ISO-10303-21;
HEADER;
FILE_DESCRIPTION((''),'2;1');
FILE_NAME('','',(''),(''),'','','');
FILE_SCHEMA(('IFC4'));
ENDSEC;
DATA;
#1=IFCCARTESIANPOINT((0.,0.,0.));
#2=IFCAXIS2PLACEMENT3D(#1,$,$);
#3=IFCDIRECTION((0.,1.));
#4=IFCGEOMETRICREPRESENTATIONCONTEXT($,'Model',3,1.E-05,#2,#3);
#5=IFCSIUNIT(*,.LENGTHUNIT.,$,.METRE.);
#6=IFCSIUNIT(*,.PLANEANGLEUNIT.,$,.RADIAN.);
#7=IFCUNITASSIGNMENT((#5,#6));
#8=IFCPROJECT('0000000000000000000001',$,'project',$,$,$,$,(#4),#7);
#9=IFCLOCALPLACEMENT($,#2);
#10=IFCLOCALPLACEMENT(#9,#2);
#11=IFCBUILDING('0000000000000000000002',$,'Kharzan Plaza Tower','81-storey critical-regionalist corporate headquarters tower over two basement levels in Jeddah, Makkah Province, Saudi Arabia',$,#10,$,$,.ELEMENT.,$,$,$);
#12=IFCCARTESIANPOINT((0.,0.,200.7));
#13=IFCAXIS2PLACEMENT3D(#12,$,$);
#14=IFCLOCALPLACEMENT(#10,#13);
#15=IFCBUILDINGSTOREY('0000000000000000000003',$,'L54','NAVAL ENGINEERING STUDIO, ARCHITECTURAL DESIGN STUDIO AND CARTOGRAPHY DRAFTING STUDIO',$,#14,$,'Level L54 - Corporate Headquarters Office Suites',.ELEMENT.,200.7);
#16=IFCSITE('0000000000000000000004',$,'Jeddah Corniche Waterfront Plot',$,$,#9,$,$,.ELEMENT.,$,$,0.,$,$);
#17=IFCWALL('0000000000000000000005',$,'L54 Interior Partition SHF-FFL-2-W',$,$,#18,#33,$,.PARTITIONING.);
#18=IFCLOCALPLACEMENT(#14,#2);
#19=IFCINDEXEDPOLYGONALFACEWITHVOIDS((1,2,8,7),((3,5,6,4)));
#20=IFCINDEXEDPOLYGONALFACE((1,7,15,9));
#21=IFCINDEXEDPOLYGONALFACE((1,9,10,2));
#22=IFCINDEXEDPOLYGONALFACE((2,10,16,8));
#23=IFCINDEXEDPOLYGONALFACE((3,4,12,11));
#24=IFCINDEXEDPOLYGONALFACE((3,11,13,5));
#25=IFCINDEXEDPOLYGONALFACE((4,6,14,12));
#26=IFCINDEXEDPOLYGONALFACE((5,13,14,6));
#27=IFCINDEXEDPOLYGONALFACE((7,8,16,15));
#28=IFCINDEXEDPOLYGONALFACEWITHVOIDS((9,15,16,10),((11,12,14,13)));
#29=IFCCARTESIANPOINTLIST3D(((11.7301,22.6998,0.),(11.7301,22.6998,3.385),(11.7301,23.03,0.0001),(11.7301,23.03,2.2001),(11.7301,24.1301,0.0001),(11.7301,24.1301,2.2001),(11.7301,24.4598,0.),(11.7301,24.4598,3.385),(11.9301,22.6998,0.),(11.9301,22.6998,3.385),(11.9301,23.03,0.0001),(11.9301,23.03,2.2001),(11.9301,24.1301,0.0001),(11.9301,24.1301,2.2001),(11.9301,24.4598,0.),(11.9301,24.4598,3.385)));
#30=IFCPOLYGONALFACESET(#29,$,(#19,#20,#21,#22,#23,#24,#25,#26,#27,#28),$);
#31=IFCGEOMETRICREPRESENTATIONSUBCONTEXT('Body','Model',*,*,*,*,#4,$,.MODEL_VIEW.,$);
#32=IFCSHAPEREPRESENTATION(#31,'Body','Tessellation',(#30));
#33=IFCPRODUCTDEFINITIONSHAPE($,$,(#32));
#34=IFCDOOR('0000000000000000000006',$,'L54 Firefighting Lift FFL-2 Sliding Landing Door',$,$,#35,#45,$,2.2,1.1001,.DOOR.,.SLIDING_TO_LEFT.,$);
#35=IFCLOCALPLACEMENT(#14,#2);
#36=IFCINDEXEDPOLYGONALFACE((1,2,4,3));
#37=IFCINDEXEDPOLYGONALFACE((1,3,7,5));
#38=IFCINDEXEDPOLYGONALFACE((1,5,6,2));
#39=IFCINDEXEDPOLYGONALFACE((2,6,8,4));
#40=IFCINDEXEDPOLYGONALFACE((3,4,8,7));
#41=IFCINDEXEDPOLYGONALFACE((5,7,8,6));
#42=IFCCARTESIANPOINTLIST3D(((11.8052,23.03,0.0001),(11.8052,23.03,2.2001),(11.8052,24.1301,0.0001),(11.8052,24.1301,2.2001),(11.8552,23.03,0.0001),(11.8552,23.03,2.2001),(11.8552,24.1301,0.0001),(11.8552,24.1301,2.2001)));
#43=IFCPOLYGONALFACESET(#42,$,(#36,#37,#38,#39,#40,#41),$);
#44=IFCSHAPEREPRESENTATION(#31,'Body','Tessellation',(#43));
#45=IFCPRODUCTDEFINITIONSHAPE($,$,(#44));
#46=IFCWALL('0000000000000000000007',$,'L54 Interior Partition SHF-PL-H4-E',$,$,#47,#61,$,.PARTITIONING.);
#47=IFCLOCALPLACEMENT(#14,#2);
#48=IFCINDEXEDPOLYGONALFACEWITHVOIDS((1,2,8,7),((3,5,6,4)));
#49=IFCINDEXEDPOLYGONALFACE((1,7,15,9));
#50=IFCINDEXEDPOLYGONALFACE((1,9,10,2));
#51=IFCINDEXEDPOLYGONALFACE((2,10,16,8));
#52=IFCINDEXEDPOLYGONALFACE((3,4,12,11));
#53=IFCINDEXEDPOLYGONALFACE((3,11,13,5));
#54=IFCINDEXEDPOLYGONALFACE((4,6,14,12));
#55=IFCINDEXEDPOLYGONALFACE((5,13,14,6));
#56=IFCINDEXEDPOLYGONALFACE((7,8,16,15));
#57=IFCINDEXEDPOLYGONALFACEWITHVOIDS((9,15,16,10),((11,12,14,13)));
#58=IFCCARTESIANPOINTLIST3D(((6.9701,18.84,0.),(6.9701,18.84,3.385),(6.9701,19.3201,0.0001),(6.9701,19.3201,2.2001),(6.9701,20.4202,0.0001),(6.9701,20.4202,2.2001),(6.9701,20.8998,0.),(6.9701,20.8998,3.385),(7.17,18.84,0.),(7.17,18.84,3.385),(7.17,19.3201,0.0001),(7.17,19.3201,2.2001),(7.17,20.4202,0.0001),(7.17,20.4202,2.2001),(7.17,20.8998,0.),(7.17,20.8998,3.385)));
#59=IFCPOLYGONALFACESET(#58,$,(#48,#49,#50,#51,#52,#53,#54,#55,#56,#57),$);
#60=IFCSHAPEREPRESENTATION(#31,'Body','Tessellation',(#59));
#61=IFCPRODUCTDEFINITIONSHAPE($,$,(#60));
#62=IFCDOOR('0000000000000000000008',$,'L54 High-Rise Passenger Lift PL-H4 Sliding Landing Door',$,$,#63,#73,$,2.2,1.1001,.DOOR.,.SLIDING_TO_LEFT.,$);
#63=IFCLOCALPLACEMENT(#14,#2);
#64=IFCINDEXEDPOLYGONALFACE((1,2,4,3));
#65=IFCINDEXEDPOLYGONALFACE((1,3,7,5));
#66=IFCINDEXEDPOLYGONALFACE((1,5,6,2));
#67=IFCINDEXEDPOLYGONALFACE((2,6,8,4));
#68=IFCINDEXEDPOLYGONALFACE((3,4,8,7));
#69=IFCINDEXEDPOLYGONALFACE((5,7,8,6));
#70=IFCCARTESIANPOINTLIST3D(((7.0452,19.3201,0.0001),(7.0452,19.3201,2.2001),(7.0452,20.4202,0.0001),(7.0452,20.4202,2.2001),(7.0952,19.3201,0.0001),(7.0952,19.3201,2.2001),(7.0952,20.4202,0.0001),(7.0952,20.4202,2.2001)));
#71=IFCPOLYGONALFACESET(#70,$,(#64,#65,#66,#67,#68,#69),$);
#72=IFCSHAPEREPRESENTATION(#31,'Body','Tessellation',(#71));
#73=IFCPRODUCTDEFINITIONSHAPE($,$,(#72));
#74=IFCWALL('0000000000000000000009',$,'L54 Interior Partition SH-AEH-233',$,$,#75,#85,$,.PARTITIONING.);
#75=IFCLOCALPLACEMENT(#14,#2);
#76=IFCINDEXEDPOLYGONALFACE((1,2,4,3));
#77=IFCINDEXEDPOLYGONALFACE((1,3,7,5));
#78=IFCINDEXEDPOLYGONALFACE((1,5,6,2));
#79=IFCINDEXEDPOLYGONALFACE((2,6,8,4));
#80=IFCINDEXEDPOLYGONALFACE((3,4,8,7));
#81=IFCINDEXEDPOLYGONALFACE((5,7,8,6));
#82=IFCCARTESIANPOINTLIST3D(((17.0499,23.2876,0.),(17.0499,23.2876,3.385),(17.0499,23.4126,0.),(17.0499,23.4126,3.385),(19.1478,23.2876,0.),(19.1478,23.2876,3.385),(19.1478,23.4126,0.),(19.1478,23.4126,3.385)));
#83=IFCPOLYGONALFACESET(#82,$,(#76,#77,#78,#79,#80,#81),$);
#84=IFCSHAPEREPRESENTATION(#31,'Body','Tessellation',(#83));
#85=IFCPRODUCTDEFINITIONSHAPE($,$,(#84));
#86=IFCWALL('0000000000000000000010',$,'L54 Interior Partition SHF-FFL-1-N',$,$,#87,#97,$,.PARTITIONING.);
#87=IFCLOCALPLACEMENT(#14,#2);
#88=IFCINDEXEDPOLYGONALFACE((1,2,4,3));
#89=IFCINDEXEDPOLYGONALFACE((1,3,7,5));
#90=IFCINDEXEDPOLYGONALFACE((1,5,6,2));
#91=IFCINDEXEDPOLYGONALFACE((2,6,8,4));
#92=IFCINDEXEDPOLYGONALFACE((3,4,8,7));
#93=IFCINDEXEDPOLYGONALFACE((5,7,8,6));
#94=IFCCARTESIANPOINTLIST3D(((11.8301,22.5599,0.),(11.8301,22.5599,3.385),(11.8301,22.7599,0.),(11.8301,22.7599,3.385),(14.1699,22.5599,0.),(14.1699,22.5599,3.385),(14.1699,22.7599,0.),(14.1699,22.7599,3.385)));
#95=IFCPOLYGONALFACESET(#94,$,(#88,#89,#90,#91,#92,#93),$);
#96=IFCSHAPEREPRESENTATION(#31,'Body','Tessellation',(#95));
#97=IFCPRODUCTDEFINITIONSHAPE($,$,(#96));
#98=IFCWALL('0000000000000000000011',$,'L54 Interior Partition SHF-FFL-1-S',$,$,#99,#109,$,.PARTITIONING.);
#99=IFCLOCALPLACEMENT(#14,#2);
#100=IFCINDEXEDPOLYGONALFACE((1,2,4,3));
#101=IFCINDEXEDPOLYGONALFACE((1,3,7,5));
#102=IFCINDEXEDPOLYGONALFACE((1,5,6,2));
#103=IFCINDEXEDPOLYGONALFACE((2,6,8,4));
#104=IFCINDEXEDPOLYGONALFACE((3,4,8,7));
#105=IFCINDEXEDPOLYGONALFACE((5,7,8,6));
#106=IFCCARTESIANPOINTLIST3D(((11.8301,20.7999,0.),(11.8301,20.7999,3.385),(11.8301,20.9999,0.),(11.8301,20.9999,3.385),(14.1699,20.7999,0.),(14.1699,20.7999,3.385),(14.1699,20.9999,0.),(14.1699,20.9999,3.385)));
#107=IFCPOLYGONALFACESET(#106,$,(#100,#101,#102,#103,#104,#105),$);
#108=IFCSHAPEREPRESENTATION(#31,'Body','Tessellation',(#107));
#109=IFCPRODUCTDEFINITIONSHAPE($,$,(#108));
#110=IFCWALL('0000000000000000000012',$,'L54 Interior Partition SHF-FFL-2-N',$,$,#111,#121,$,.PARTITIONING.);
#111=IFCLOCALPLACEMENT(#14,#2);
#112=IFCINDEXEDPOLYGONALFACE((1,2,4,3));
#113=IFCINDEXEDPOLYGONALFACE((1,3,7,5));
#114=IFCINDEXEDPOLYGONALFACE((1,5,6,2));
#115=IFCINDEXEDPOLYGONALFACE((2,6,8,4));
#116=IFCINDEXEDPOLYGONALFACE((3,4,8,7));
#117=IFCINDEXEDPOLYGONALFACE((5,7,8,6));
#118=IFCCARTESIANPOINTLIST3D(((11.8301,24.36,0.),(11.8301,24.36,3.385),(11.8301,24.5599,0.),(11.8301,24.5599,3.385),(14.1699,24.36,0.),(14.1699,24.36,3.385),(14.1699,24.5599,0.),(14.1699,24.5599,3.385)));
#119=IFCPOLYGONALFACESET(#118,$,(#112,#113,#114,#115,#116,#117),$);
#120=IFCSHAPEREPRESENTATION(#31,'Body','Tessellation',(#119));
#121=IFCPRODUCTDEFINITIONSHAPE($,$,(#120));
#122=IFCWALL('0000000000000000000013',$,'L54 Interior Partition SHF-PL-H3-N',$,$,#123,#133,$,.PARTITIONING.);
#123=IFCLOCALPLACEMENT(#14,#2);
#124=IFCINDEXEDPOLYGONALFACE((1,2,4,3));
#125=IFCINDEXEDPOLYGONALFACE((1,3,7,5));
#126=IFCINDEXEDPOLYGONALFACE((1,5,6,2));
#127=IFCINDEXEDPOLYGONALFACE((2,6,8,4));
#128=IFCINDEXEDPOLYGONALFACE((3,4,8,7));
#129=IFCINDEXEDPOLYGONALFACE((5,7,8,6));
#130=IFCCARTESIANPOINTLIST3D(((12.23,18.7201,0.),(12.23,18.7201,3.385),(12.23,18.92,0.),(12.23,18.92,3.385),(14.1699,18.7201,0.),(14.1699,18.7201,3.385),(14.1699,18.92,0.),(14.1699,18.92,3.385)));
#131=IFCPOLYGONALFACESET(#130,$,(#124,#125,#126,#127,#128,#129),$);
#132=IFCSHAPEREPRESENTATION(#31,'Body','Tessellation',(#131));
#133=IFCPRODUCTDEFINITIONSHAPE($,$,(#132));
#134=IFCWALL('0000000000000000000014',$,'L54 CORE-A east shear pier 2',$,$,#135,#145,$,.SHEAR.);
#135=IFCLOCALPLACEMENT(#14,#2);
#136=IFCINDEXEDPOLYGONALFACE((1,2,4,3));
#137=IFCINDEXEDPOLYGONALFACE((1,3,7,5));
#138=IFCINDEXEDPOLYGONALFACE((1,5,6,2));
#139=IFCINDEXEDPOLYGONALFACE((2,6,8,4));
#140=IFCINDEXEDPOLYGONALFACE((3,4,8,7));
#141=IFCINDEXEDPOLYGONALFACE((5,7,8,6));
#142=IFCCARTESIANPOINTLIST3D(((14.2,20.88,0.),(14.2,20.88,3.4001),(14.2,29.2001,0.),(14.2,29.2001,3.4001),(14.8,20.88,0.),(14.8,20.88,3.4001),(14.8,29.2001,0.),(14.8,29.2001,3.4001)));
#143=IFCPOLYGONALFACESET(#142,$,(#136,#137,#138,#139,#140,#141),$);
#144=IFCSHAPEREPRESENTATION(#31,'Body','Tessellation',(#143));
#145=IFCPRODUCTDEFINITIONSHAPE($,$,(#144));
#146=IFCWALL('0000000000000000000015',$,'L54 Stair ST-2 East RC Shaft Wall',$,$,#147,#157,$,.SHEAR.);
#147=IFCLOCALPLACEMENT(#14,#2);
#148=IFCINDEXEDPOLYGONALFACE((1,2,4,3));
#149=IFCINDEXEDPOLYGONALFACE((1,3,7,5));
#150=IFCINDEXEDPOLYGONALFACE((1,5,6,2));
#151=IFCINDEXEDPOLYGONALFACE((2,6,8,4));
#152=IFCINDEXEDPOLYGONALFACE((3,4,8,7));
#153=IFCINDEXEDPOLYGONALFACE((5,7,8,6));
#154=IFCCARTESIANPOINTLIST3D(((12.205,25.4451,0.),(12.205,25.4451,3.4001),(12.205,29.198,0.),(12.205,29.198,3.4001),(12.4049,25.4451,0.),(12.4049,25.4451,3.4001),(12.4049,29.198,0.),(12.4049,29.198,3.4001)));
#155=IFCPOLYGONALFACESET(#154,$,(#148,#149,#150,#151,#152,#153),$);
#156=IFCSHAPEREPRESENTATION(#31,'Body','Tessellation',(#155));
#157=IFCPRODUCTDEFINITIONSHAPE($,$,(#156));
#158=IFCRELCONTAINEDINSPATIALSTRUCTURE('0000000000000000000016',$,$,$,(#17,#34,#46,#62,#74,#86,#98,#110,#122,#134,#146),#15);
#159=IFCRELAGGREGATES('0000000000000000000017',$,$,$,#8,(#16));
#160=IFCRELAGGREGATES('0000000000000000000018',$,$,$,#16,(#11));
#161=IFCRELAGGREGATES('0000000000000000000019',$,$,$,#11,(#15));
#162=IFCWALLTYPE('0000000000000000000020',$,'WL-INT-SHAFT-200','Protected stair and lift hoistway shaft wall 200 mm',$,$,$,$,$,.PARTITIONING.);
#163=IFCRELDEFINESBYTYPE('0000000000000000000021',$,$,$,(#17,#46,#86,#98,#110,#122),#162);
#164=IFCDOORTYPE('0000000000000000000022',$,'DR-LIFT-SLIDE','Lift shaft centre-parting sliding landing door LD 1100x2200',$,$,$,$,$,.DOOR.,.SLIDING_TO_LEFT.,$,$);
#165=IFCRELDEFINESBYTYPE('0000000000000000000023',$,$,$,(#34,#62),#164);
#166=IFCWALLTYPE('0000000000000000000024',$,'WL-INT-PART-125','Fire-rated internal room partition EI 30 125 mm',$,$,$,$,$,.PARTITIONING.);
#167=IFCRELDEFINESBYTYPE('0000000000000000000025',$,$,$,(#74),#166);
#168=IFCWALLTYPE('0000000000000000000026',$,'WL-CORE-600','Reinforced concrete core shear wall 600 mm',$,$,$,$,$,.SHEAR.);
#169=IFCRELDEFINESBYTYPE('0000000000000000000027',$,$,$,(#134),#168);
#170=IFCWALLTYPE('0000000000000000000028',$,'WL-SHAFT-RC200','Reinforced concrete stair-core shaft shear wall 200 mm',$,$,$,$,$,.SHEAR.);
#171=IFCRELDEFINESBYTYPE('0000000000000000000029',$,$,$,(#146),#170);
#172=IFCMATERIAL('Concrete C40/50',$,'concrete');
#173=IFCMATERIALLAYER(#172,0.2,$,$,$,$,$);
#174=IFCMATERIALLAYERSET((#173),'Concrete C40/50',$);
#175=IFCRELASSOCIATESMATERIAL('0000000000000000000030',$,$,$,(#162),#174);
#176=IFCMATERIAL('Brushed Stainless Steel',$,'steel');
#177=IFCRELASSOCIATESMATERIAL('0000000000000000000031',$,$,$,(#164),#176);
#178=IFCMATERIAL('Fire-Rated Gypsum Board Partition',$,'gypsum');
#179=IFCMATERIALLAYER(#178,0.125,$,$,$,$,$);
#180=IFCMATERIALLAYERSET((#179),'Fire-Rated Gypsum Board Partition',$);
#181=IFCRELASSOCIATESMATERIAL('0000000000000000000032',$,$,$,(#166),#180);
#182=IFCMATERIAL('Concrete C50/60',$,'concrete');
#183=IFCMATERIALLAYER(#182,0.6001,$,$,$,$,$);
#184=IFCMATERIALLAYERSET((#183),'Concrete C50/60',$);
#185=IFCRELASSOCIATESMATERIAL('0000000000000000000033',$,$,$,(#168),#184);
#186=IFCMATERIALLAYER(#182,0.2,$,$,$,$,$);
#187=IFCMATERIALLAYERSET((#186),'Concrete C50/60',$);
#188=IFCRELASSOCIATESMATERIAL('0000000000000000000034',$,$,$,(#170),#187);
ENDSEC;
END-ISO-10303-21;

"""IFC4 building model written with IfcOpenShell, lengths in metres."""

from ifc_helpers import new_model, si_unit, direction, frame, frame_2d, origin, place, context, subcontext, project, spatial, rectangle, extrude, source, transform, mapped, material, layer, layer_set, type_object, element, fill, save


model = new_model("IFC4")

# Units and contexts
model_context = context("Model", 3, precision=1e-05, world=origin(), true_north=direction((0.0, 1.0)))
body_context = subcontext(model_context, "Body", "Model", "MODEL_VIEW")
ifc_project = project(units=[si_unit("LENGTHUNIT", "METRE"), si_unit("PLANEANGLEUNIT", "RADIAN")], contexts=[model_context])

# Site, building, storey
site_placement = place(None, origin())
site = spatial("IfcSite", under=ifc_project, at=site_placement, Name="Jeddah Corniche Waterfront Plot", CompositionType="ELEMENT", RefElevation=0.0)
building_placement = place(site_placement, origin())
building = spatial("IfcBuilding", under=site, at=building_placement, Name="Kharzan Plaza Tower", Description="81-storey critical-regionalist corporate headquarters tower over two basement levels in Jeddah, Makkah Province, Saudi Arabia", CompositionType="ELEMENT")
storey_placement = place(building_placement, frame((0.0, 0.0, 200.7)))
storey = spatial("IfcBuildingStorey", under=building, at=storey_placement, Name="L54", Description="NAVAL ENGINEERING STUDIO, ARCHITECTURAL DESIGN STUDIO AND CARTOGRAPHY DRAFTING STUDIO", LongName="Level L54 - Corporate Headquarters Office Suites", CompositionType="ELEMENT", Elevation=200.7)

# Walls, openings, doors
ifc_material_1 = material(Name="Concrete C40/50", Category="concrete")
ifc_layer_1 = layer(ifc_material_1, 0.2)
ifc_layer_set_1 = layer_set([ifc_layer_1], Name="Concrete C40/50")
wall_type_1 = type_object("IfcWallType", Name="WL-INT-SHAFT-200", Description="Protected stair and lift hoistway shaft wall 200 mm", PredefinedType="PARTITIONING", material=ifc_layer_set_1)
ifc_material_2 = material(Name="Brushed Stainless Steel", Category="steel")
door_type_1 = type_object("IfcDoorType", Name="DR-LIFT-SLIDE", Description="Lift shaft centre-parting sliding landing door LD 1100x2200", OperationType="SLIDING_TO_LEFT", PredefinedType="DOOR", material=ifc_material_2)
shared_shape_1 = source(origin(), body_context, "Body", "SweptSolid", [
    extrude(rectangle(XDim=1.1001, YDim=2.2, at=frame_2d((0.55, 1.1001))), frame((0.0, 0.0249, 0.0), z_axis=(0.0, -1.0, 0.0), x_axis=(1.0, 0.0, 0.0)), (0.0, 0.0, 1.0), 0.05),
])
wall_1_placement = place(storey_placement, frame((11.8301, 22.7, 0.0), z_axis=(0.0, 0.0, 1.0), x_axis=(0.0, 1.0, 0.0)))
wall_1 = element("IfcWall", 1, at=wall_1_placement, inside=storey, type_object=wall_type_1, Name="L54 Interior Partition SHF-FFL-2-W", PredefinedType="PARTITIONING", context=body_context, shape_type="SweptSolid", body=[
    extrude(rectangle(XDim=1.76, YDim=0.2, at=frame_2d((0.8799, 0.0))), origin(), (0.0, 0.0, 1.0), 3.385),
])
opening_1_placement = place(wall_1_placement, frame((0.3301, 0.0, 0.0)))
opening_1 = element("IfcOpeningElement", 2, at=opening_1_placement, cuts=wall_1, PredefinedType="OPENING", context=body_context, shape_type="SweptSolid", body=[
    extrude(rectangle(XDim=1.1001, YDim=2.2, at=frame_2d((0.55, 1.1001))), frame((0.0, 0.1099, 0.0), z_axis=(0.0, -1.0, 0.0), x_axis=(1.0, 0.0, 0.0)), (0.0, 0.0, 1.0), 0.22),
])
door_1_placement = place(opening_1_placement, origin())
door_1 = element("IfcDoor", 3, at=door_1_placement, inside=storey, type_object=door_type_1, Name="L54 Firefighting Lift FFL-2 Sliding Landing Door", OperationType="SLIDING_TO_LEFT", OverallHeight=2.2, OverallWidth=1.1001, PredefinedType="DOOR", context=body_context, shape_type="MappedRepresentation", body=[
    mapped(shared_shape_1, transform((0.0, 0.0, 0.0), x_axis=(1.0, 0.0, 0.0), y_axis=(0.0, 1.0, 0.0), z_axis=(0.0, 0.0, 1.0))),
])
fill(opening_1, door_1)
wall_2_placement = place(storey_placement, frame((7.0701, 18.8401, 0.0), z_axis=(0.0, 0.0, 1.0), x_axis=(0.0, 1.0, 0.0)))
wall_2 = element("IfcWall", 4, at=wall_2_placement, inside=storey, type_object=wall_type_1, Name="L54 Interior Partition SHF-PL-H4-E", PredefinedType="PARTITIONING", context=body_context, shape_type="SweptSolid", body=[
    extrude(rectangle(XDim=2.0598, YDim=0.2, at=frame_2d((1.0298, 0.0))), origin(), (0.0, 0.0, 1.0), 3.385),
])
opening_2_placement = place(wall_2_placement, frame((0.48, 0.0, 0.0)))
opening_2 = element("IfcOpeningElement", 5, at=opening_2_placement, cuts=wall_2, PredefinedType="OPENING", context=body_context, shape_type="SweptSolid", body=[
    extrude(rectangle(XDim=1.1001, YDim=2.2, at=frame_2d((0.55, 1.1001))), frame((0.0, 0.1099, 0.0), z_axis=(0.0, -1.0, 0.0), x_axis=(1.0, 0.0, 0.0)), (0.0, 0.0, 1.0), 0.22),
])
door_2_placement = place(opening_2_placement, origin())
door_2 = element("IfcDoor", 6, at=door_2_placement, inside=storey, type_object=door_type_1, Name="L54 High-Rise Passenger Lift PL-H4 Sliding Landing Door", OperationType="SLIDING_TO_LEFT", OverallHeight=2.2, OverallWidth=1.1001, PredefinedType="DOOR", context=body_context, shape_type="MappedRepresentation", body=[
    mapped(shared_shape_1, transform((0.0, 0.0, 0.0), x_axis=(1.0, 0.0, 0.0), y_axis=(0.0, 1.0, 0.0), z_axis=(0.0, 0.0, 1.0))),
])
fill(opening_2, door_2)

# Walls
ifc_material_3 = material(Name="Fire-Rated Gypsum Board Partition", Category="gypsum")
ifc_layer_2 = layer(ifc_material_3, 0.125)
ifc_layer_set_2 = layer_set([ifc_layer_2], Name="Fire-Rated Gypsum Board Partition")
wall_type_2 = type_object("IfcWallType", Name="WL-INT-PART-125", Description="Fire-rated internal room partition EI 30 125 mm", PredefinedType="PARTITIONING", material=ifc_layer_set_2)
shared_shape_2 = source(origin(), body_context, "Body", "SweptSolid", [
    extrude(rectangle(XDim=2.0979, YDim=0.125, at=frame_2d((1.0488, 0.0))), origin(), (0.0, 0.0, 1.0), 3.385),
])
wall_3_placement = place(storey_placement, frame((17.05, 23.3501, 0.0), z_axis=(0.0, 0.0, 1.0), x_axis=(1.0, 0.0, 0.0)))
element("IfcWall", 7, at=wall_3_placement, inside=storey, type_object=wall_type_2, Name="L54 Interior Partition SH-AEH-233", PredefinedType="PARTITIONING", context=body_context, shape_type="MappedRepresentation", body=[
    mapped(shared_shape_2, transform((0.0, 0.0, 0.0), x_axis=(1.0, 0.0, 0.0), y_axis=(0.0, 1.0, 0.0), z_axis=(0.0, 0.0, 1.0))),
])
shared_shape_3 = source(origin(), body_context, "Body", "SweptSolid", [
    extrude(rectangle(XDim=2.3398, YDim=0.2, at=frame_2d((1.1699, 0.0))), origin(), (0.0, 0.0, 1.0), 3.385),
])
for number, where, z_axis, x_axis, name in (
    (8, (11.8301, 22.6599, 0.0), (0.0, 0.0, 1.0), (1.0, 0.0, 0.0), "L54 Interior Partition SHF-FFL-1-N"),
    (9, (11.8301, 20.8999, 0.0), (0.0, 0.0, 1.0), (1.0, 0.0, 0.0), "L54 Interior Partition SHF-FFL-1-S"),
    (10, (11.8301, 24.46, 0.0), (0.0, 0.0, 1.0), (1.0, 0.0, 0.0), "L54 Interior Partition SHF-FFL-2-N"),
):
    element("IfcWall", number, at=place(storey_placement, frame(where, z_axis=z_axis, x_axis=x_axis)), inside=storey, type_object=wall_type_1, Name=name, PredefinedType="PARTITIONING", context=body_context, shape_type="MappedRepresentation", body=[
        mapped(shared_shape_3, transform((0.0, 0.0, 0.0), x_axis=(1.0, 0.0, 0.0), y_axis=(0.0, 1.0, 0.0), z_axis=(0.0, 0.0, 1.0))),
    ])
shared_shape_4 = source(origin(), body_context, "Body", "SweptSolid", [
    extrude(rectangle(XDim=1.9399, YDim=0.2, at=frame_2d((0.97, 0.0))), origin(), (0.0, 0.0, 1.0), 3.385),
])
wall_4_placement = place(storey_placement, frame((12.23, 18.8201, 0.0), z_axis=(0.0, 0.0, 1.0), x_axis=(1.0, 0.0, 0.0)))
element("IfcWall", 11, at=wall_4_placement, inside=storey, type_object=wall_type_1, Name="L54 Interior Partition SHF-PL-H3-N", PredefinedType="PARTITIONING", context=body_context, shape_type="MappedRepresentation", body=[
    mapped(shared_shape_4, transform((0.0, 0.0, 0.0), x_axis=(1.0, 0.0, 0.0), y_axis=(0.0, 1.0, 0.0), z_axis=(0.0, 0.0, 1.0))),
])
ifc_material_4 = material(Name="Concrete C50/60", Category="concrete")
ifc_layer_3 = layer(ifc_material_4, 0.6001)
ifc_layer_set_3 = layer_set([ifc_layer_3], Name="Concrete C50/60")
wall_type_3 = type_object("IfcWallType", Name="WL-CORE-600", Description="Reinforced concrete core shear wall 600 mm", PredefinedType="SHEAR", material=ifc_layer_set_3)
shared_shape_5 = source(origin(), body_context, "Body", "SweptSolid", [
    extrude(rectangle(XDim=8.3201, YDim=0.6001, at=frame_2d((4.1602, 0.0))), origin(), (0.0, 0.0, 1.0), 3.4001),
])
wall_5_placement = place(storey_placement, frame((14.5, 20.8799, 0.0), z_axis=(0.0, 0.0, 1.0), x_axis=(0.0, 1.0, 0.0)))
element("IfcWall", 12, at=wall_5_placement, inside=storey, type_object=wall_type_3, Name="L54 CORE-A east shear pier 2", PredefinedType="SHEAR", context=body_context, shape_type="MappedRepresentation", body=[
    mapped(shared_shape_5, transform((0.0, 0.0, 0.0), x_axis=(1.0, 0.0, 0.0), y_axis=(0.0, 1.0, 0.0), z_axis=(0.0, 0.0, 1.0))),
])
ifc_layer_4 = layer(ifc_material_4, 0.2)
ifc_layer_set_4 = layer_set([ifc_layer_4], Name="Concrete C50/60")
wall_type_4 = type_object("IfcWallType", Name="WL-SHAFT-RC200", Description="Reinforced concrete stair-core shaft shear wall 200 mm", PredefinedType="SHEAR", material=ifc_layer_set_4)
shared_shape_6 = source(origin(), body_context, "Body", "SweptSolid", [
    extrude(rectangle(XDim=3.7529, YDim=0.2, at=frame_2d((1.8765, 0.0))), origin(), (0.0, 0.0, 1.0), 3.4001),
])
wall_6_placement = place(storey_placement, frame((12.3049, 25.4451, 0.0), z_axis=(0.0, 0.0, 1.0), x_axis=(0.0, 1.0, 0.0)))
element("IfcWall", 13, at=wall_6_placement, inside=storey, type_object=wall_type_4, Name="L54 Stair ST-2 East RC Shaft Wall", PredefinedType="SHEAR", context=body_context, shape_type="MappedRepresentation", body=[
    mapped(shared_shape_6, transform((0.0, 0.0, 0.0), x_axis=(1.0, 0.0, 0.0), y_axis=(0.0, 1.0, 0.0), z_axis=(0.0, 0.0, 1.0))),
])

save(model, "model.ifc")
